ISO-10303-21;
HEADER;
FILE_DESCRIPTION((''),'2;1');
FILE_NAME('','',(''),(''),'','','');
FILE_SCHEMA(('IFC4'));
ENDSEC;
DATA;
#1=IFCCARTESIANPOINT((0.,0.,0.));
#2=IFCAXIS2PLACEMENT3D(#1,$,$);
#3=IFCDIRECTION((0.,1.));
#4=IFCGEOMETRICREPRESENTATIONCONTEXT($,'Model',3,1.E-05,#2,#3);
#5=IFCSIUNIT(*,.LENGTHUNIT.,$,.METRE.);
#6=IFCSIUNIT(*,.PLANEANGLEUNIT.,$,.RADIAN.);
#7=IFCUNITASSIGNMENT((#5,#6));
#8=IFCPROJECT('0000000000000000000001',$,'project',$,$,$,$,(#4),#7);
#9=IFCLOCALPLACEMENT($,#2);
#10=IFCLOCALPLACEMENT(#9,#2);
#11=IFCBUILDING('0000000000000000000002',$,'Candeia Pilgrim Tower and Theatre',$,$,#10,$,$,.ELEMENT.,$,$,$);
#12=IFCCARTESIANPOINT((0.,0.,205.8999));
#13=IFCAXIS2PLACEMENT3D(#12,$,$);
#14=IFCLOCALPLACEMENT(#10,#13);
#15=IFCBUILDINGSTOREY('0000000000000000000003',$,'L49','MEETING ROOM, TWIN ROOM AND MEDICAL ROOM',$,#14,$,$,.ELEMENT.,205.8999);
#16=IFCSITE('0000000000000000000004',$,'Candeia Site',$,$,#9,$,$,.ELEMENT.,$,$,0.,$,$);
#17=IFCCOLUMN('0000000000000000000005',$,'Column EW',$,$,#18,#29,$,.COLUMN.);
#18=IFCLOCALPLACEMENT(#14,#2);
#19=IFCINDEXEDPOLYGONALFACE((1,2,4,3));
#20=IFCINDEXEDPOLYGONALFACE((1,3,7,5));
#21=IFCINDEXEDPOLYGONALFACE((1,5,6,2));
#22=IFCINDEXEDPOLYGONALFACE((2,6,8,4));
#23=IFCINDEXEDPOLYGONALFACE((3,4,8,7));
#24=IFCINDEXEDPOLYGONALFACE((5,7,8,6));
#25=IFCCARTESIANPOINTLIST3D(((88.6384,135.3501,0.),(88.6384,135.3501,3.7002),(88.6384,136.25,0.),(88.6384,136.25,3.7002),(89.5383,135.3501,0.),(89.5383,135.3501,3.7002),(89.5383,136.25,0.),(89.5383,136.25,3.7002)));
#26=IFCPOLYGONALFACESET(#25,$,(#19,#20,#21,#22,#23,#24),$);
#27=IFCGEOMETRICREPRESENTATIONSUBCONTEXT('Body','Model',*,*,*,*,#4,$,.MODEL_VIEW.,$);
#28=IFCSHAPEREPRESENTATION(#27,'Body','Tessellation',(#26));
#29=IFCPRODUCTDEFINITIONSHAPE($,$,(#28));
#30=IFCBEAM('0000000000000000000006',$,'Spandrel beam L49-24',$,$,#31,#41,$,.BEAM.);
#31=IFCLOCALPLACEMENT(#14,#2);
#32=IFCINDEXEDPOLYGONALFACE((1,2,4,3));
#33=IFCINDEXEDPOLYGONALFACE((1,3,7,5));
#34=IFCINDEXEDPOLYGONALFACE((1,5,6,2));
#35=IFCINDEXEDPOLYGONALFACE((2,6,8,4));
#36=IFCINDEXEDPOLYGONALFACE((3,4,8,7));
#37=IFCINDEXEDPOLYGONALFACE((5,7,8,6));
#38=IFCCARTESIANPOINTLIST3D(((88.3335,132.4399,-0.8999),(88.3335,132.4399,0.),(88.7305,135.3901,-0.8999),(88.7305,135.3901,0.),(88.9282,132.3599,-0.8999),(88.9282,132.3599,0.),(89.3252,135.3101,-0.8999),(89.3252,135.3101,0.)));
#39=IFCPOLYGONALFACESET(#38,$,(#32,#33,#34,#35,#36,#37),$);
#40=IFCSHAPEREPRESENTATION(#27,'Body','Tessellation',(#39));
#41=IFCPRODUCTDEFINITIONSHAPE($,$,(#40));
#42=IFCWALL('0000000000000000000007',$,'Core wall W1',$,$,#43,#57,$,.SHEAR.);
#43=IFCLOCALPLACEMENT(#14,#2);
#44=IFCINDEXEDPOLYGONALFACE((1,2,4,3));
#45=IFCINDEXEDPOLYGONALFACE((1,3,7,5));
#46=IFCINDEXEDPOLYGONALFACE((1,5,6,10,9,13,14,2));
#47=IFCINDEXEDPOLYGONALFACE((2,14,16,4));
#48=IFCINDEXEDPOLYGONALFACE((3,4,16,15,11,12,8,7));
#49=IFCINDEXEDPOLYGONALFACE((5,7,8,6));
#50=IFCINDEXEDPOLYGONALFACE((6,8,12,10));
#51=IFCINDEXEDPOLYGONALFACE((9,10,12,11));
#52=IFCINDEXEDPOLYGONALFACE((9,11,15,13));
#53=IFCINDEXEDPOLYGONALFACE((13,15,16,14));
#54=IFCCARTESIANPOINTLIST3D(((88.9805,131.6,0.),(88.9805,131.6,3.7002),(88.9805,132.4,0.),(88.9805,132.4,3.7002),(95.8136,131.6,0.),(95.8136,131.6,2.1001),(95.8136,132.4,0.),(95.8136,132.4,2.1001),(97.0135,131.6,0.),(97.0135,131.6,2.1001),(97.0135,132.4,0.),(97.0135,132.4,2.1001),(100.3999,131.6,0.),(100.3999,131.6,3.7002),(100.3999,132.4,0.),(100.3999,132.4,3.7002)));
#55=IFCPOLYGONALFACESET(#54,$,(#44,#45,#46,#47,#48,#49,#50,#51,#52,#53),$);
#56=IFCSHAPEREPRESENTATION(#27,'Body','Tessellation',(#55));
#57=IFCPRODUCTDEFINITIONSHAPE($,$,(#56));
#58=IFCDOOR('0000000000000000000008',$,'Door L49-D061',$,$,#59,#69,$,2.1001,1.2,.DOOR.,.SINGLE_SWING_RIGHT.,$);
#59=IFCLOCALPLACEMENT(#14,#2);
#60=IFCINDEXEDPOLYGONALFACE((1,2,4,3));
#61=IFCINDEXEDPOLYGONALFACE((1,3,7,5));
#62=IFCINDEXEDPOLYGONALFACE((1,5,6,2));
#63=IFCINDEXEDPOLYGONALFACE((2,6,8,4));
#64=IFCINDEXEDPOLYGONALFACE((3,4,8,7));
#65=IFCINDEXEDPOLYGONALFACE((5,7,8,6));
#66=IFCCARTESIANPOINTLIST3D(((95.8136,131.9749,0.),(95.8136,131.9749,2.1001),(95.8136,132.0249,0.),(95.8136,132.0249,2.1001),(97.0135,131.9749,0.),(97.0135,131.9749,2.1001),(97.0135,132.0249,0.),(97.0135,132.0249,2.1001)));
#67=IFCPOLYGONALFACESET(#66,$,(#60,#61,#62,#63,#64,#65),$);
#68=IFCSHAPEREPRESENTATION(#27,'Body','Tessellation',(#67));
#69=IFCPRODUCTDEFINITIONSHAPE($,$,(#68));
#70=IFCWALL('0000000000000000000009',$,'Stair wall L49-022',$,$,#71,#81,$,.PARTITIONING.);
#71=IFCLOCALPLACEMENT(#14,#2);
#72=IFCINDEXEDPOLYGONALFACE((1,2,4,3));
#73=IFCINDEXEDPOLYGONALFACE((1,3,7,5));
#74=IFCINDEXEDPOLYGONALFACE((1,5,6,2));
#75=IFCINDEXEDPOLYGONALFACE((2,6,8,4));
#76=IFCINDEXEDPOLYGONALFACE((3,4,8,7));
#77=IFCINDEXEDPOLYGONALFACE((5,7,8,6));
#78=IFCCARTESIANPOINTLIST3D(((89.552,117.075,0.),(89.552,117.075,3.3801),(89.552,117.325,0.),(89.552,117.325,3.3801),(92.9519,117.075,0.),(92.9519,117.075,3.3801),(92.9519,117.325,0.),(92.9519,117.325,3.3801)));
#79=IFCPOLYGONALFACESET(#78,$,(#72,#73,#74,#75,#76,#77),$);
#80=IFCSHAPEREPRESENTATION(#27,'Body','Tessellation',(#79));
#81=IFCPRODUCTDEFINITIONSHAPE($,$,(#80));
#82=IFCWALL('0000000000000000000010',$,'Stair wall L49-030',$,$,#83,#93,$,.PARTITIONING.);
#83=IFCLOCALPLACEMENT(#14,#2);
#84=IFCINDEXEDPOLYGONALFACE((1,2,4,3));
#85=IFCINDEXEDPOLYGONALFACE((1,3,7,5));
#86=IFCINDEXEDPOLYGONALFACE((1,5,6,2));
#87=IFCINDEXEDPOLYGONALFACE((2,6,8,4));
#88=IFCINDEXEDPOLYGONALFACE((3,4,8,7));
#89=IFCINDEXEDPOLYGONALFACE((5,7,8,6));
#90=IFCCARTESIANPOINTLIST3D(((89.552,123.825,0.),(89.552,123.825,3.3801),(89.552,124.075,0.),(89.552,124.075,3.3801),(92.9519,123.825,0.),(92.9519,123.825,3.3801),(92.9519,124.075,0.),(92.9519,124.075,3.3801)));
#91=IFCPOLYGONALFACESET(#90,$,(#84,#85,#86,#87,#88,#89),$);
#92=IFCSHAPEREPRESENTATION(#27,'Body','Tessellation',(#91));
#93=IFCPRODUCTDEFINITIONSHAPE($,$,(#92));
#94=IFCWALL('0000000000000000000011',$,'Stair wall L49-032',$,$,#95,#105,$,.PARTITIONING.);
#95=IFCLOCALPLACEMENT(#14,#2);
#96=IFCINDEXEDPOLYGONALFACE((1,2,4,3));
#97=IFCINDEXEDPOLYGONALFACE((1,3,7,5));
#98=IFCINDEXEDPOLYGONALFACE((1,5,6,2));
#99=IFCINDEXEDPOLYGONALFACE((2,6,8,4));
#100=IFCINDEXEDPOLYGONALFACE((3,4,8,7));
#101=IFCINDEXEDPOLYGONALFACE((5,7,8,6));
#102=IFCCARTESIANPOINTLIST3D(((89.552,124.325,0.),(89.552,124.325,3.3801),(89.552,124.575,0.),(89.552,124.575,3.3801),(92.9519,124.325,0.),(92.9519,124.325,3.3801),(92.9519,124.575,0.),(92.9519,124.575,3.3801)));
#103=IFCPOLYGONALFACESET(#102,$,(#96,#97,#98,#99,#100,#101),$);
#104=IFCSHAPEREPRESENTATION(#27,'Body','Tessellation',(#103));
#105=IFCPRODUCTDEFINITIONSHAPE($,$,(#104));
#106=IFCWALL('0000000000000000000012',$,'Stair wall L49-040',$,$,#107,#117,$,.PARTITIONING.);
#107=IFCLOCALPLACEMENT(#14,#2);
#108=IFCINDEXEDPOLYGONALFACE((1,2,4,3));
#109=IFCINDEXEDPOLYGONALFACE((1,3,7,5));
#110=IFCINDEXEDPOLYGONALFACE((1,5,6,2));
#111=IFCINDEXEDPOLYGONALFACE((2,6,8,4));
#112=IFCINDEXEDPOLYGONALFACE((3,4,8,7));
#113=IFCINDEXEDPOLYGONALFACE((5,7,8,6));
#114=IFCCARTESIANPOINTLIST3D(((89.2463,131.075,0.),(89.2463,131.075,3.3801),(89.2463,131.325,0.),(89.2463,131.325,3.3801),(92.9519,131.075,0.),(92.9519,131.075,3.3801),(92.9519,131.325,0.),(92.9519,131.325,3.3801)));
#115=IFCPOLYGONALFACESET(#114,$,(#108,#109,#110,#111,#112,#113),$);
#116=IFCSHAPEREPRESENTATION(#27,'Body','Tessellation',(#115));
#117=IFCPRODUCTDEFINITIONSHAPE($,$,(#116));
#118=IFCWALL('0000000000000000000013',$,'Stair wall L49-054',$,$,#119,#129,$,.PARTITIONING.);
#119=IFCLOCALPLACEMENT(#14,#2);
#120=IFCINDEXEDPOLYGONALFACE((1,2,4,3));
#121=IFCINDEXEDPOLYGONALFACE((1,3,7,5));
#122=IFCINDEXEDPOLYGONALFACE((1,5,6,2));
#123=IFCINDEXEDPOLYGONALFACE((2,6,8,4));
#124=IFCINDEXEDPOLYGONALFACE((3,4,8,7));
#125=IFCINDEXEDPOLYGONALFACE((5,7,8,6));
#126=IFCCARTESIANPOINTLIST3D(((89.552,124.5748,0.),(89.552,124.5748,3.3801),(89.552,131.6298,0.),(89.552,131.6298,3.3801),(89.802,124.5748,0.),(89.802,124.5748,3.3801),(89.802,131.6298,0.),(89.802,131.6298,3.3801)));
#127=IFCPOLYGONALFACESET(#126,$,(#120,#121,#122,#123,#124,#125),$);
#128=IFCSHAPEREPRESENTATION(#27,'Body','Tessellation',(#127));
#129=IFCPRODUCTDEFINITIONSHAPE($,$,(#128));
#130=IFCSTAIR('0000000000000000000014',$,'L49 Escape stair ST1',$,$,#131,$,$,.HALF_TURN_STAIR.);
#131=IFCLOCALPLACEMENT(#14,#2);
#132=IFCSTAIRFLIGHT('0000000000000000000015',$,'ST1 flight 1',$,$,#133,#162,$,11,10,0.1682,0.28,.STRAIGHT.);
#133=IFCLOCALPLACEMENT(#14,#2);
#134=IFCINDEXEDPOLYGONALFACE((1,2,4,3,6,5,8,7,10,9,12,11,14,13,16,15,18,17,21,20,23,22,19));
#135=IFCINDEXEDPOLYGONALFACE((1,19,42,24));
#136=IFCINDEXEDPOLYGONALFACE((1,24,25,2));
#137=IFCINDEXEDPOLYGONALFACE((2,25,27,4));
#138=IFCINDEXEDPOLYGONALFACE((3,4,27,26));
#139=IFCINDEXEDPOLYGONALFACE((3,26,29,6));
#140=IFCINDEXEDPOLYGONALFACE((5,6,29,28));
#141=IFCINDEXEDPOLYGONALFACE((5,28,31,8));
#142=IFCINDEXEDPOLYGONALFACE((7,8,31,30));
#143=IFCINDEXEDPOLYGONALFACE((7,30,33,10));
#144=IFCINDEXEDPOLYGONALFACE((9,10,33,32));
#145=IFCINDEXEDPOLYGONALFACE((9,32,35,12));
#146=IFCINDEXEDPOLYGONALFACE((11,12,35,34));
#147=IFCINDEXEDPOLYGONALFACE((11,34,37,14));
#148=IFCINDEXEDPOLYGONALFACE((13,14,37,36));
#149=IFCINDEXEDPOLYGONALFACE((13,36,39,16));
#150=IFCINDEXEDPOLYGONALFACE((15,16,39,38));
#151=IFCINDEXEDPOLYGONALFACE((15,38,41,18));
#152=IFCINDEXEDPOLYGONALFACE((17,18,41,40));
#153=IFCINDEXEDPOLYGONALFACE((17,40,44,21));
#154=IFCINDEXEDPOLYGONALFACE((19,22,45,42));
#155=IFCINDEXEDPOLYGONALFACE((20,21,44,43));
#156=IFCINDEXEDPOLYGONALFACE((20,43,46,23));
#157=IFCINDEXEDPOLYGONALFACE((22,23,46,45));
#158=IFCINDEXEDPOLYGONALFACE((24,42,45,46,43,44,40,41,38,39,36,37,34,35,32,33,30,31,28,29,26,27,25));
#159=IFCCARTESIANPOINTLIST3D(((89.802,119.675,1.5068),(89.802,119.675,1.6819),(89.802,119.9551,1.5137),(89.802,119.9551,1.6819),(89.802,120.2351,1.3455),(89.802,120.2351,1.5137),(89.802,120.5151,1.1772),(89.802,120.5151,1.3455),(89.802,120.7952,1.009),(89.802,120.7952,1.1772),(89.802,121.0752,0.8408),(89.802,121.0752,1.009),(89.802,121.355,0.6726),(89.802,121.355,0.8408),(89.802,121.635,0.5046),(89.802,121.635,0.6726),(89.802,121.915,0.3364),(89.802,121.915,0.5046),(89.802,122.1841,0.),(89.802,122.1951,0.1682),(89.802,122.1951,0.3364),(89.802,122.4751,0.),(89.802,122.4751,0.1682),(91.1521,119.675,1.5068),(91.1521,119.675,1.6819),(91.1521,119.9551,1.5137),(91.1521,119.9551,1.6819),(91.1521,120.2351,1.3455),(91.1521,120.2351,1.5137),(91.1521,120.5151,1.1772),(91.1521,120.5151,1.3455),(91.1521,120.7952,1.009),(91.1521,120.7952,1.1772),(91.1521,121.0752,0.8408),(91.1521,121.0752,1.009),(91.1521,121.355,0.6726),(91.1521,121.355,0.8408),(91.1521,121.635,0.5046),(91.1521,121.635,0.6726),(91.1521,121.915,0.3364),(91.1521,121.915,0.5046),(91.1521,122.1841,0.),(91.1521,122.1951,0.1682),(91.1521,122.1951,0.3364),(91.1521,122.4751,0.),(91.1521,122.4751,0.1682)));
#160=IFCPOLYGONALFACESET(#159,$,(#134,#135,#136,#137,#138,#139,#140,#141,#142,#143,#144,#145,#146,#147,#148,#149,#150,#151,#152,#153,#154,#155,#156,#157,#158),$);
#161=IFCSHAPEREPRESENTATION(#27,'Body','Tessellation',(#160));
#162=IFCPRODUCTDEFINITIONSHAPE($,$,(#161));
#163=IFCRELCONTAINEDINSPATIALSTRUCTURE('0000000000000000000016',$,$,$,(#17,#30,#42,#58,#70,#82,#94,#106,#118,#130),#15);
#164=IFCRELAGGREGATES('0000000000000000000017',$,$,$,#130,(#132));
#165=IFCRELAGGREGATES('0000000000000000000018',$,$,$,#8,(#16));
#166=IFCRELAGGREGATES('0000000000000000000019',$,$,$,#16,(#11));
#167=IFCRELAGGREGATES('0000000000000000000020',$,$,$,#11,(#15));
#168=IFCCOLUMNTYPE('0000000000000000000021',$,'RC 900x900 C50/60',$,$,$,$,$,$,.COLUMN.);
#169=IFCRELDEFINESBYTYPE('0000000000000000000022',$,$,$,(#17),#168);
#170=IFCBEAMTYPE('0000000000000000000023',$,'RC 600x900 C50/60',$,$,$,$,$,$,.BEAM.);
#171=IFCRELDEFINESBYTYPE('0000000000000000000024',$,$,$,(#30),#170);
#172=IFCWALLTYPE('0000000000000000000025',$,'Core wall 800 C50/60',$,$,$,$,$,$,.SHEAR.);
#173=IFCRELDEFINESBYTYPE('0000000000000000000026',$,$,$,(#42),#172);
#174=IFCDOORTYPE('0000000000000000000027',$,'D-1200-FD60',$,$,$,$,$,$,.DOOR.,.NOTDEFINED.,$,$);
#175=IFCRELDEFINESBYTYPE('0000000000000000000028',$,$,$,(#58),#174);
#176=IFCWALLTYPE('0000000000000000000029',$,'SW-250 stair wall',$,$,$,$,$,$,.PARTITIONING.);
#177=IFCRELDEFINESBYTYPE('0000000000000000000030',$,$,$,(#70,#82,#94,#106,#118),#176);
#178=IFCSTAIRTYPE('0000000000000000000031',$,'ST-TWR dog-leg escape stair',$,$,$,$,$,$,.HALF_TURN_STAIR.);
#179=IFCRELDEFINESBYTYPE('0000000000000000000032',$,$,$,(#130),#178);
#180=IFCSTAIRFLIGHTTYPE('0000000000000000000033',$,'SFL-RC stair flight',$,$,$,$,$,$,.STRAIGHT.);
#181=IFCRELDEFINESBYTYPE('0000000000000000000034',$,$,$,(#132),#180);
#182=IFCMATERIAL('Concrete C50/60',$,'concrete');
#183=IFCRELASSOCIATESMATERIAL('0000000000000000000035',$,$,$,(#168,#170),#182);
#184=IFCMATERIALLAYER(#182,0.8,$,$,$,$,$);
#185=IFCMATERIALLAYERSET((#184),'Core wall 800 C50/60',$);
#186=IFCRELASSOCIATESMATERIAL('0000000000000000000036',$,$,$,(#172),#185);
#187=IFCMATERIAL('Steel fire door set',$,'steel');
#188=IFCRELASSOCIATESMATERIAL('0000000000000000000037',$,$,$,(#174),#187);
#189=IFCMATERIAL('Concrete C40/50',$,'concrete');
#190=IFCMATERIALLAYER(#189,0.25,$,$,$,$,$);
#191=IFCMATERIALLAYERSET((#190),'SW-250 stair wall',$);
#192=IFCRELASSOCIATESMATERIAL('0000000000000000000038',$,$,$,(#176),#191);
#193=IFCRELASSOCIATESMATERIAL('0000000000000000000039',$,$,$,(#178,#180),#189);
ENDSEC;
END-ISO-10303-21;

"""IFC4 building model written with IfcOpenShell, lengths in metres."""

from ifc_helpers import new_model, si_unit, direction, frame, frame_2d, origin, origin_2d, place, context, subcontext, project, spatial, polyline, rectangle, outline, extrude, material, layer, layer_set, material_profile, profile_set, type_object, element, fill, aggregate, save


model = new_model("IFC4")

# Units and contexts
model_context = context("Model", 3, precision=1e-05, world=origin(), true_north=direction((0.0, 1.0)))
body_context = subcontext(model_context, "Body", "Model", "MODEL_VIEW")
ifc_project = project(units=[si_unit("LENGTHUNIT", "METRE"), si_unit("PLANEANGLEUNIT", "RADIAN")], contexts=[model_context])

# Site, building, storey
site_placement = place(None, origin())
site = spatial("IfcSite", under=ifc_project, at=site_placement, Name="Candeia Site", CompositionType="ELEMENT", RefElevation=0.0)
building_placement = place(site_placement, origin())
building = spatial("IfcBuilding", under=site, at=building_placement, Name="Candeia Pilgrim Tower and Theatre", CompositionType="ELEMENT")
storey_placement = place(building_placement, frame((0.0, 0.0, 205.8999)))
storey = spatial("IfcBuildingStorey", under=building, at=storey_placement, Name="L49", Description="MEETING ROOM, TWIN ROOM AND MEDICAL ROOM", CompositionType="ELEMENT", Elevation=205.8999)

# Column
ifc_material_1 = material(Name="Concrete C50/60", Category="concrete")
ifc_material_profile_1 = material_profile(ifc_material_1, rectangle(XDim=0.8999, YDim=0.8999, at=origin_2d()))
ifc_profile_set_1 = profile_set([ifc_material_profile_1], Name="Concrete C50/60")
column_type = type_object("IfcColumnType", Name="RC 900x900 C50/60", PredefinedType="COLUMN", material=ifc_profile_set_1)
column_placement = place(storey_placement, frame((89.0884, 135.8, 0.0), z_axis=(0.0, 0.0, 1.0), x_axis=(1.0, 0.0, 0.0)))
element("IfcColumn", 1, at=column_placement, inside=storey, type_object=column_type, Name="Column EW", PredefinedType="COLUMN", context=body_context, shape_type="SweptSolid", body=[
    extrude(rectangle(XDim=0.8999, YDim=0.8999, at=origin_2d()), origin(), (0.0, 0.0, 1.0), 3.7002),
])

# Beam
ifc_material_profile_2 = material_profile(ifc_material_1, rectangle(XDim=0.6001, YDim=0.8999, at=origin_2d()))
ifc_profile_set_2 = profile_set([ifc_material_profile_2], Name="Concrete C50/60")
beam_type = type_object("IfcBeamType", Name="RC 600x900 C50/60", PredefinedType="BEAM", material=ifc_profile_set_2)
beam_placement = place(storey_placement, frame((89.0278, 135.3501, -0.45), z_axis=(-0.133356, -0.991068, 0.0), x_axis=(0.991068, -0.133356, 0.0)))
element("IfcBeam", 2, at=beam_placement, inside=storey, type_object=beam_type, Name="Spandrel beam L49-24", PredefinedType="BEAM", context=body_context, shape_type="SweptSolid", body=[
    extrude(rectangle(XDim=0.6001, YDim=0.8999, at=origin_2d()), origin(), (0.0, 0.0, 1.0), 2.9768),
])

# Wall, opening, door
ifc_layer_1 = layer(ifc_material_1, 0.8)
ifc_layer_set_1 = layer_set([ifc_layer_1], Name="Core wall 800 C50/60")
wall_type_1 = type_object("IfcWallType", Name="Core wall 800 C50/60", PredefinedType="SHEAR", material=ifc_layer_set_1)
wall_1_placement = place(storey_placement, frame((88.9805, 132.0, 0.0), z_axis=(0.0, 0.0, 1.0), x_axis=(1.0, 0.0, 0.0)))
wall_1 = element("IfcWall", 3, at=wall_1_placement, inside=storey, type_object=wall_type_1, Name="Core wall W1", PredefinedType="SHEAR", context=body_context, shape_type="SweptSolid", body=[
    extrude(rectangle(XDim=11.4194, YDim=0.8, at=frame_2d((5.7097, 0.0))), origin(), (0.0, 0.0, 1.0), 3.7002),
])
opening_placement = place(wall_1_placement, frame((6.833, 0.0, 0.0)))
opening = element("IfcOpeningElement", 4, at=opening_placement, cuts=wall_1, PredefinedType="OPENING", context=body_context, shape_type="SweptSolid", body=[
    extrude(rectangle(XDim=1.2, YDim=2.1001, at=frame_2d((0.6001, 1.05))), frame((0.0, 0.4102, 0.0), z_axis=(0.0, -1.0, 0.0), x_axis=(1.0, 0.0, 0.0)), (0.0, 0.0, 1.0), 0.8201),
])
ifc_material_2 = material(Name="Steel fire door set", Category="steel")
door_type = type_object("IfcDoorType", Name="D-1200-FD60", OperationType="NOTDEFINED", PredefinedType="DOOR", material=ifc_material_2)
door_placement = place(opening_placement, origin())
door = element("IfcDoor", 5, at=door_placement, inside=storey, type_object=door_type, Name="Door L49-D061", OperationType="SINGLE_SWING_RIGHT", OverallHeight=2.1001, OverallWidth=1.2, PredefinedType="DOOR", context=body_context, shape_type="SweptSolid", body=[
    extrude(rectangle(XDim=1.2, YDim=2.1001, at=frame_2d((0.6001, 1.05))), frame((0.0, 0.0249, 0.0), z_axis=(0.0, -1.0, 0.0), x_axis=(1.0, 0.0, 0.0)), (0.0, 0.0, 1.0), 0.05),
])
fill(opening, door)

# Walls
ifc_material_3 = material(Name="Concrete C40/50", Category="concrete")
ifc_layer_2 = layer(ifc_material_3, 0.25)
ifc_layer_set_2 = layer_set([ifc_layer_2], Name="SW-250 stair wall")
wall_type_2 = type_object("IfcWallType", Name="SW-250 stair wall", PredefinedType="PARTITIONING", material=ifc_layer_set_2)
for number, where, z_axis, x_axis, name in (
    (6, (89.552, 117.2, 0.0), (0.0, 0.0, 1.0), (1.0, 0.0, 0.0), "Stair wall L49-022"),
    (7, (89.552, 123.95, 0.0), (0.0, 0.0, 1.0), (1.0, 0.0, 0.0), "Stair wall L49-030"),
    (8, (89.552, 124.45, 0.0), (0.0, 0.0, 1.0), (1.0, 0.0, 0.0), "Stair wall L49-032"),
):
    element("IfcWall", number, at=place(storey_placement, frame(where, z_axis=z_axis, x_axis=x_axis)), inside=storey, type_object=wall_type_2, Name=name, PredefinedType="PARTITIONING", context=body_context, shape_type="SweptSolid", body=[
        extrude(rectangle(XDim=3.3999, YDim=0.25, at=frame_2d((1.7, 0.0))), origin(), (0.0, 0.0, 1.0), 3.3801),
    ])
wall_2_placement = place(storey_placement, frame((89.2463, 131.2, 0.0), z_axis=(0.0, 0.0, 1.0), x_axis=(1.0, 0.0, 0.0)))
element("IfcWall", 9, at=wall_2_placement, inside=storey, type_object=wall_type_2, Name="Stair wall L49-040", PredefinedType="PARTITIONING", context=body_context, shape_type="SweptSolid", body=[
    extrude(rectangle(XDim=3.7056, YDim=0.25, at=frame_2d((1.8528, 0.0))), origin(), (0.0, 0.0, 1.0), 3.3801),
])
wall_3_placement = place(storey_placement, frame((89.677, 124.575, 0.0), z_axis=(0.0, 0.0, 1.0), x_axis=(0.0, 1.0, 0.0)))
element("IfcWall", 10, at=wall_3_placement, inside=storey, type_object=wall_type_2, Name="Stair wall L49-054", PredefinedType="PARTITIONING", context=body_context, shape_type="SweptSolid", body=[
    extrude(rectangle(XDim=7.0549, YDim=0.25, at=frame_2d((3.5273, 0.0))), origin(), (0.0, 0.0, 1.0), 3.3801),
])

# Stair, stair flight
stair_type = type_object("IfcStairType", Name="ST-TWR dog-leg escape stair", PredefinedType="HALF_TURN_STAIR", material=ifc_material_3)
stair_1_placement = place(storey_placement, origin())
stair_1 = element("IfcStair", 11, at=stair_1_placement, inside=storey, type_object=stair_type, Name="L49 Escape stair ST1", PredefinedType="HALF_TURN_STAIR")
stair_flight_type = type_object("IfcStairFlightType", Name="SFL-RC stair flight", PredefinedType="STRAIGHT", material=ifc_material_3)
stair_flight_1_placement = place(storey_placement, frame((90.4771, 122.4751, 0.0), z_axis=(0.0, 0.0, 1.0), x_axis=(0.0, -1.0, 0.0)))
stair_flight_1 = element("IfcStairFlight", 12, at=stair_flight_1_placement, type_object=stair_flight_type, Name="ST1 flight 1", NumberOfRisers=11, NumberOfTreads=10, PredefinedType="STRAIGHT", RiserHeight=0.1682, TreadLength=0.28, context=body_context, shape_type="SweptSolid", body=[
    extrude(outline(polyline([(0.0, 0.0), (0.0, 0.1682), (0.28, 0.1682), (0.28, 0.3364), (0.5601, 0.3364), (0.5601, 0.5046), (0.8401, 0.5046), (0.8401, 0.6726), (1.1201, 0.6726), (1.1201, 0.8408), (1.3999, 0.8408), (1.3999, 1.009), (1.6799, 1.009), (1.6799, 1.1772), (1.96, 1.1772), (1.96, 1.3455), (2.24, 1.3455), (2.24, 1.5137), (2.52, 1.5137), (2.52, 1.6819), (2.8, 1.6819), (2.8, 1.8501), (2.8, 1.5068), (0.291, 0.0), (0.0, 0.0)])), frame((0.0, 0.675, 0.0), z_axis=(0.0, -1.0, 0.0), x_axis=(1.0, 0.0, 0.0)), (0.0, 0.0, 1.0), 1.3501),
])
aggregate(stair_1, [stair_flight_1])

save(model, "model.ifc")
